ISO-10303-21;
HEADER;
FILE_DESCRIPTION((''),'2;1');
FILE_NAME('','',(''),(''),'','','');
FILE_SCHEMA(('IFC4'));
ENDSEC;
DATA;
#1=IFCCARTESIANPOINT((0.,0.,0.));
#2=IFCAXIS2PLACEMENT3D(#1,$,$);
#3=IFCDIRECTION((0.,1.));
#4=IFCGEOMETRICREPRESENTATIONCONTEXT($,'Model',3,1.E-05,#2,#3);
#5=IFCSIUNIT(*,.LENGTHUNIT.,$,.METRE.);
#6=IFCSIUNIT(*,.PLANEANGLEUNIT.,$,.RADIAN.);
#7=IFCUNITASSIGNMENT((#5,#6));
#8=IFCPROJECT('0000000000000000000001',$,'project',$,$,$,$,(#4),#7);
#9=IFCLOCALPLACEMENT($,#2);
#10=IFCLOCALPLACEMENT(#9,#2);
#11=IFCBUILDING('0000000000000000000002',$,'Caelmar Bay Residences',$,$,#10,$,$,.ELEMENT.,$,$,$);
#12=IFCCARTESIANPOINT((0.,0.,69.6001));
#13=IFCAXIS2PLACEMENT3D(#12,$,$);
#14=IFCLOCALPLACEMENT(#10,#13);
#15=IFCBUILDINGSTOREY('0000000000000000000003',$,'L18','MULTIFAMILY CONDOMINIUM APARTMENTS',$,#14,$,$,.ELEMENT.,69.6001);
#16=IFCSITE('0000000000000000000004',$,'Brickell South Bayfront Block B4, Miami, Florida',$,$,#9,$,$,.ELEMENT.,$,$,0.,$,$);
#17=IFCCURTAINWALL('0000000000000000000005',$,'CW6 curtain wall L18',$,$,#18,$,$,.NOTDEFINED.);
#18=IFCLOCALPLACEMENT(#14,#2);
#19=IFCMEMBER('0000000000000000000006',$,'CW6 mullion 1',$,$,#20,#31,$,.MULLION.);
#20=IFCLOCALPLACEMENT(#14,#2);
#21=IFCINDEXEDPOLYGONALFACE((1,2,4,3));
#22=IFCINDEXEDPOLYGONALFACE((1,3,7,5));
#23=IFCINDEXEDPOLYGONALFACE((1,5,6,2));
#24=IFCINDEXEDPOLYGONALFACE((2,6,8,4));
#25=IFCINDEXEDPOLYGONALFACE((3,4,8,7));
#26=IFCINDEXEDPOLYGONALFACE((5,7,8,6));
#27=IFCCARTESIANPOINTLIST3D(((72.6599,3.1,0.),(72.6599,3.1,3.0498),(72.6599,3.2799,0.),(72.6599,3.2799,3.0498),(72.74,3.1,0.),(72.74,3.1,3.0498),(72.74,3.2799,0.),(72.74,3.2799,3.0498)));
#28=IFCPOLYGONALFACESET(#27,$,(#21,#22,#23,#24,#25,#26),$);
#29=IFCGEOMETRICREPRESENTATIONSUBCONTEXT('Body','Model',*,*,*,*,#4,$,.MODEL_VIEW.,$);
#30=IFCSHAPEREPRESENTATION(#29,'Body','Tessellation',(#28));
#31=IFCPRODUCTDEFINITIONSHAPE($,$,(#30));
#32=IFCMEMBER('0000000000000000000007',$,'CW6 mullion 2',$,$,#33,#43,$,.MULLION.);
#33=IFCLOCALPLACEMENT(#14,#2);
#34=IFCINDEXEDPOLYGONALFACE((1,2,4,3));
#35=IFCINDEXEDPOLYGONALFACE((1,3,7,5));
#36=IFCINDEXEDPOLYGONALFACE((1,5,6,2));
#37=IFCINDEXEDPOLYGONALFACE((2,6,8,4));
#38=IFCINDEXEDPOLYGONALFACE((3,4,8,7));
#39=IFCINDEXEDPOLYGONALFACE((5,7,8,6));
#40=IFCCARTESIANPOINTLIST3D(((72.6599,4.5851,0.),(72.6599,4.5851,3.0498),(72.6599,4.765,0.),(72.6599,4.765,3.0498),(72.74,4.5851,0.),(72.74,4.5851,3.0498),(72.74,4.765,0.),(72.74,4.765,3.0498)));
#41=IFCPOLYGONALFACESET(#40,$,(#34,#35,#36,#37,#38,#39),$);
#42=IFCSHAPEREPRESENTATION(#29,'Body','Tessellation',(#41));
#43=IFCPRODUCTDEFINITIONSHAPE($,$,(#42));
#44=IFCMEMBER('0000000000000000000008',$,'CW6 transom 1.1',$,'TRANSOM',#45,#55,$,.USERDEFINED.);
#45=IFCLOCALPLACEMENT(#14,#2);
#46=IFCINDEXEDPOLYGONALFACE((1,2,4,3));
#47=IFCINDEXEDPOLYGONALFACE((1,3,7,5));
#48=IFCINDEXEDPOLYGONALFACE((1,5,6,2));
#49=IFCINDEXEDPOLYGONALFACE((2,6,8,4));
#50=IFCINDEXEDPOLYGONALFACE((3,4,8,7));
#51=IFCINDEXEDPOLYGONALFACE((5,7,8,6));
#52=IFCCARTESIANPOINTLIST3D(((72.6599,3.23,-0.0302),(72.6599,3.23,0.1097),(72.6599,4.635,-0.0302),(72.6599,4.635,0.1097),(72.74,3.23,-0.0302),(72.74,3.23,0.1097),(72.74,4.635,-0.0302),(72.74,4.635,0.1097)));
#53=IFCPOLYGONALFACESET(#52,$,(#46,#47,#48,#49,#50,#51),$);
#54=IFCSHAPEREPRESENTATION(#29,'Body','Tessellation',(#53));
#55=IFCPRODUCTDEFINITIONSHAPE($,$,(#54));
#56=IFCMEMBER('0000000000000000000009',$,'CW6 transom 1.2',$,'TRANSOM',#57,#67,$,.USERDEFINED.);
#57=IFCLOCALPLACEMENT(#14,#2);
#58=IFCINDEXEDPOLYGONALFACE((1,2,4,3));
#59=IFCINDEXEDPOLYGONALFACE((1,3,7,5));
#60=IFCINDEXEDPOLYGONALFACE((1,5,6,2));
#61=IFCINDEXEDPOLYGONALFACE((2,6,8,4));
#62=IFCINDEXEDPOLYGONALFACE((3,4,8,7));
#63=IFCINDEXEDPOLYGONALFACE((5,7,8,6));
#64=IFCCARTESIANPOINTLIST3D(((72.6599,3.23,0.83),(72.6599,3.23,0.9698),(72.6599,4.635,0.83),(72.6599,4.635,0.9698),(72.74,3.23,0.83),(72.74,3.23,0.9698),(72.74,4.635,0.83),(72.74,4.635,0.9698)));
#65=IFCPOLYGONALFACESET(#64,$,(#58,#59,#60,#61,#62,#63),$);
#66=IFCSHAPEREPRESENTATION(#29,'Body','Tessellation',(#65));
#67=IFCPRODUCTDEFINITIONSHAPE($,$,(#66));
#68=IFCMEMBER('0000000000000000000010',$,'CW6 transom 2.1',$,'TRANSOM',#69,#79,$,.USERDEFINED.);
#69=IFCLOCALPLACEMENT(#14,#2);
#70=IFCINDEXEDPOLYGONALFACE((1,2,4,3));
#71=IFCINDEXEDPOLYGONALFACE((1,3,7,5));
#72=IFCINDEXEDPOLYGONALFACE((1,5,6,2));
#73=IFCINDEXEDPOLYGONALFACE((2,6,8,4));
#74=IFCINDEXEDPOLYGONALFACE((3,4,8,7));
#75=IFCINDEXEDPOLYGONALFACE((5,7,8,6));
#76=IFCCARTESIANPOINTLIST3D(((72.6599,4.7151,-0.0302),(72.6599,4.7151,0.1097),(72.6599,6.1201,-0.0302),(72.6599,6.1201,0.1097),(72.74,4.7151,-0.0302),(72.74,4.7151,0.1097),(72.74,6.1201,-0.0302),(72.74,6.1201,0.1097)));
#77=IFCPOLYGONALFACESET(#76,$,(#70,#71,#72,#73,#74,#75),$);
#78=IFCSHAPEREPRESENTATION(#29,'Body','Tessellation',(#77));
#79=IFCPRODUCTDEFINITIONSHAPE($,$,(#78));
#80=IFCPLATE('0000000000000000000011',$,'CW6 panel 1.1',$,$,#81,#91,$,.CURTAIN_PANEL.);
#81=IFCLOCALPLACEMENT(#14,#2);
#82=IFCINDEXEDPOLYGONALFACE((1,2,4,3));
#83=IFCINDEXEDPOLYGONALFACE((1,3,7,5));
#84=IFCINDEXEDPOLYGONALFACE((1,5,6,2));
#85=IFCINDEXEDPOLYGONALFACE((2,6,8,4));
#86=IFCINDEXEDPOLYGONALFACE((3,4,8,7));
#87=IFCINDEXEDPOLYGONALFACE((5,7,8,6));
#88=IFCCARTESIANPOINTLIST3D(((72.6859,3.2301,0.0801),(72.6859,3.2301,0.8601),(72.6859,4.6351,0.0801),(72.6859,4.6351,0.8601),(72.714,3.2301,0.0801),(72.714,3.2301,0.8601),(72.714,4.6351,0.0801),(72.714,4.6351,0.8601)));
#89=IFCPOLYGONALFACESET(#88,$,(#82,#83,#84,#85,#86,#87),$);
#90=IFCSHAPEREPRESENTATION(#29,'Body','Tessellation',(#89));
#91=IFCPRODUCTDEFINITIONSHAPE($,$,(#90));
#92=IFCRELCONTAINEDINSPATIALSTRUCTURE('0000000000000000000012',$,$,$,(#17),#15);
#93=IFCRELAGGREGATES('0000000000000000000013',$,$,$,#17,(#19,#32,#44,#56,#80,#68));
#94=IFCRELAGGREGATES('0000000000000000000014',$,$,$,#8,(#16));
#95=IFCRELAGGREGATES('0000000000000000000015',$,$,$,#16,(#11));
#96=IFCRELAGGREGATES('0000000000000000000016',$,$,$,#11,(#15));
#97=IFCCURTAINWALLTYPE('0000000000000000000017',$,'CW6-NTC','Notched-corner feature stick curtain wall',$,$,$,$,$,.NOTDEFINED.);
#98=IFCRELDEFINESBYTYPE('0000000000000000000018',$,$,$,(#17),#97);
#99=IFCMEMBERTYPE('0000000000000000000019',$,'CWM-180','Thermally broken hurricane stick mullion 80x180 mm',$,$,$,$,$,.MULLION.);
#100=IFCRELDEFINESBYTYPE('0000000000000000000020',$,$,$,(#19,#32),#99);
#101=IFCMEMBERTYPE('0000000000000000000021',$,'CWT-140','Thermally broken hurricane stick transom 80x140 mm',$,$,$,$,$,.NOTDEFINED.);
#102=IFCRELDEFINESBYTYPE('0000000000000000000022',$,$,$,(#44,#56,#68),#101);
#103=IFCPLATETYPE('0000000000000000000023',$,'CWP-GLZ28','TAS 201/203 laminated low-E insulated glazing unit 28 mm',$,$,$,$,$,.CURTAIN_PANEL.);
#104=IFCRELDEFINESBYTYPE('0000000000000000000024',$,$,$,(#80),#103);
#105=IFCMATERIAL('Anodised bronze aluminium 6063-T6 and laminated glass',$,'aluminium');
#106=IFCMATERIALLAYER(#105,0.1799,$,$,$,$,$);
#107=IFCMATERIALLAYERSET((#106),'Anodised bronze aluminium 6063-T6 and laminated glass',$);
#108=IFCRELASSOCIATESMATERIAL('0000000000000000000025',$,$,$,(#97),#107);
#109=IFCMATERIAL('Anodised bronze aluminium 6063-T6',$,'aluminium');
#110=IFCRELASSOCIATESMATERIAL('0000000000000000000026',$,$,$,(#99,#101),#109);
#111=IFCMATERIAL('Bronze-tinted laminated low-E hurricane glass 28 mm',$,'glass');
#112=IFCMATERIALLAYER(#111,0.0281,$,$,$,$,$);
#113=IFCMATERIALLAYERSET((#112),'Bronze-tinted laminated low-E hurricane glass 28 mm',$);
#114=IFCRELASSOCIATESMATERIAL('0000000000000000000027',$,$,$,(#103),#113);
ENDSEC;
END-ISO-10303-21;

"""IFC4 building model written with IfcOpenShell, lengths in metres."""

from ifc_helpers import new_model, si_unit, direction, frame, origin, origin_2d, place, context, subcontext, project, spatial, rectangle, extrude, material, layer, layer_set, material_profile, profile_set, type_object, element, aggregate, save


model = new_model("IFC4")

# Units and contexts
model_context = context("Model", 3, precision=1e-05, world=origin(), true_north=direction((0.0, 1.0)))
body_context = subcontext(model_context, "Body", "Model", "MODEL_VIEW")
ifc_project = project(units=[si_unit("LENGTHUNIT", "METRE"), si_unit("PLANEANGLEUNIT", "RADIAN")], contexts=[model_context])

# Site, building, storey
site_placement = place(None, origin())
site = spatial("IfcSite", under=ifc_project, at=site_placement, Name="Brickell South Bayfront Block B4, Miami, Florida", CompositionType="ELEMENT", RefElevation=0.0)
building_placement = place(site_placement, origin())
building = spatial("IfcBuilding", under=site, at=building_placement, Name="Caelmar Bay Residences", CompositionType="ELEMENT")
storey_placement = place(building_placement, frame((0.0, 0.0, 69.6001)))
storey = spatial("IfcBuildingStorey", under=building, at=storey_placement, Name="L18", Description="MULTIFAMILY CONDOMINIUM APARTMENTS", CompositionType="ELEMENT", Elevation=69.6001)

# Curtain wall, members, plate
ifc_material_1 = material(Name="Anodised bronze aluminium 6063-T6 and laminated glass", Category="aluminium")
ifc_layer_1 = layer(ifc_material_1, 0.1799)
ifc_layer_set_1 = layer_set([ifc_layer_1], Name="Anodised bronze aluminium 6063-T6 and laminated glass")
curtain_wall_type = type_object("IfcCurtainWallType", Name="CW6-NTC", Description="Notched-corner feature stick curtain wall", PredefinedType="NOTDEFINED", material=ifc_layer_set_1)
curtain_wall_placement = place(storey_placement, origin())
curtain_wall = element("IfcCurtainWall", 1, at=curtain_wall_placement, inside=storey, type_object=curtain_wall_type, Name="CW6 curtain wall L18", PredefinedType="NOTDEFINED")
ifc_material_2 = material(Name="Anodised bronze aluminium 6063-T6", Category="aluminium")
ifc_material_profile_1 = material_profile(ifc_material_2, rectangle(XDim=0.0801, YDim=0.1799, at=origin_2d()), Name="CWM-80X180")
ifc_profile_set_1 = profile_set([ifc_material_profile_1], Name="Anodised bronze aluminium 6063-T6")
member_type_1 = type_object("IfcMemberType", Name="CWM-180", Description="Thermally broken hurricane stick mullion 80x180 mm", PredefinedType="MULLION", material=ifc_profile_set_1)
member_1_placement = place(storey_placement, frame((72.7, 3.1899, 0.0), z_axis=(0.0, 0.0, 1.0), x_axis=(-1.0, 0.0, 0.0)))
member_1 = element("IfcMember", 2, at=member_1_placement, type_object=member_type_1, Name="CW6 mullion 1", PredefinedType="MULLION", context=body_context, shape_type="SweptSolid", body=[
    extrude(rectangle(XDim=0.0801, YDim=0.1799, at=origin_2d()), origin(), (0.0, 0.0, 1.0), 3.0498),
])
member_2_placement = place(storey_placement, frame((72.7, 4.675, 0.0), z_axis=(0.0, 0.0, 1.0), x_axis=(-1.0, 0.0, 0.0)))
member_2 = element("IfcMember", 3, at=member_2_placement, type_object=member_type_1, Name="CW6 mullion 2", PredefinedType="MULLION", context=body_context, shape_type="SweptSolid", body=[
    extrude(rectangle(XDim=0.0801, YDim=0.1799, at=origin_2d()), origin(), (0.0, 0.0, 1.0), 3.0498),
])
ifc_material_profile_2 = material_profile(ifc_material_2, rectangle(XDim=0.0801, YDim=0.1399, at=origin_2d()), Name="CWT-80X140")
ifc_profile_set_2 = profile_set([ifc_material_profile_2], Name="Anodised bronze aluminium 6063-T6")
member_type_2 = type_object("IfcMemberType", Name="CWT-140", Description="Thermally broken hurricane stick transom 80x140 mm", PredefinedType="NOTDEFINED", material=ifc_profile_set_2)
member_3_placement = place(storey_placement, frame((72.7, 3.23, 0.0398), z_axis=(0.0, 1.0, 0.0), x_axis=(-1.0, 0.0, 0.0)))
member_3 = element("IfcMember", 4, at=member_3_placement, type_object=member_type_2, Name="CW6 transom 1.1", ObjectType="TRANSOM", PredefinedType="USERDEFINED", context=body_context, shape_type="SweptSolid", body=[
    extrude(rectangle(XDim=0.0801, YDim=0.1399, at=origin_2d()), origin(), (0.0, 0.0, 1.0), 1.405),
])
member_4_placement = place(storey_placement, frame((72.7, 3.23, 0.8999), z_axis=(0.0, 1.0, 0.0), x_axis=(-1.0, 0.0, 0.0)))
member_4 = element("IfcMember", 5, at=member_4_placement, type_object=member_type_2, Name="CW6 transom 1.2", ObjectType="TRANSOM", PredefinedType="USERDEFINED", context=body_context, shape_type="SweptSolid", body=[
    extrude(rectangle(XDim=0.0801, YDim=0.1399, at=origin_2d()), origin(), (0.0, 0.0, 1.0), 1.405),
])
member_5_placement = place(storey_placement, frame((72.7, 4.7151, 0.0398), z_axis=(0.0, 1.0, 0.0), x_axis=(-1.0, 0.0, 0.0)))
member_5 = element("IfcMember", 6, at=member_5_placement, type_object=member_type_2, Name="CW6 transom 2.1", ObjectType="TRANSOM", PredefinedType="USERDEFINED", context=body_context, shape_type="SweptSolid", body=[
    extrude(rectangle(XDim=0.0801, YDim=0.1399, at=origin_2d()), origin(), (0.0, 0.0, 1.0), 1.405),
])
ifc_material_3 = material(Name="Bronze-tinted laminated low-E hurricane glass 28 mm", Category="glass")
ifc_layer_2 = layer(ifc_material_3, 0.0281)
ifc_layer_set_2 = layer_set([ifc_layer_2], Name="Bronze-tinted laminated low-E hurricane glass 28 mm")
plate_type = type_object("IfcPlateType", Name="CWP-GLZ28", Description="TAS 201/203 laminated low-E insulated glazing unit 28 mm", PredefinedType="CURTAIN_PANEL", material=ifc_layer_set_2)
plate_placement = place(storey_placement, frame((72.7, 3.9326, 0.0801), z_axis=(0.0, 0.0, 1.0), x_axis=(0.0, 1.0, 0.0)))
plate = element("IfcPlate", 7, at=plate_placement, type_object=plate_type, Name="CW6 panel 1.1", PredefinedType="CURTAIN_PANEL", context=body_context, shape_type="SweptSolid", body=[
    extrude(rectangle(XDim=1.405, YDim=0.0281, at=origin_2d()), origin(), (0.0, 0.0, 1.0), 0.78),
])
aggregate(curtain_wall, [member_1, member_2, member_3, member_4, plate, member_5])

save(model, "model.ifc")
